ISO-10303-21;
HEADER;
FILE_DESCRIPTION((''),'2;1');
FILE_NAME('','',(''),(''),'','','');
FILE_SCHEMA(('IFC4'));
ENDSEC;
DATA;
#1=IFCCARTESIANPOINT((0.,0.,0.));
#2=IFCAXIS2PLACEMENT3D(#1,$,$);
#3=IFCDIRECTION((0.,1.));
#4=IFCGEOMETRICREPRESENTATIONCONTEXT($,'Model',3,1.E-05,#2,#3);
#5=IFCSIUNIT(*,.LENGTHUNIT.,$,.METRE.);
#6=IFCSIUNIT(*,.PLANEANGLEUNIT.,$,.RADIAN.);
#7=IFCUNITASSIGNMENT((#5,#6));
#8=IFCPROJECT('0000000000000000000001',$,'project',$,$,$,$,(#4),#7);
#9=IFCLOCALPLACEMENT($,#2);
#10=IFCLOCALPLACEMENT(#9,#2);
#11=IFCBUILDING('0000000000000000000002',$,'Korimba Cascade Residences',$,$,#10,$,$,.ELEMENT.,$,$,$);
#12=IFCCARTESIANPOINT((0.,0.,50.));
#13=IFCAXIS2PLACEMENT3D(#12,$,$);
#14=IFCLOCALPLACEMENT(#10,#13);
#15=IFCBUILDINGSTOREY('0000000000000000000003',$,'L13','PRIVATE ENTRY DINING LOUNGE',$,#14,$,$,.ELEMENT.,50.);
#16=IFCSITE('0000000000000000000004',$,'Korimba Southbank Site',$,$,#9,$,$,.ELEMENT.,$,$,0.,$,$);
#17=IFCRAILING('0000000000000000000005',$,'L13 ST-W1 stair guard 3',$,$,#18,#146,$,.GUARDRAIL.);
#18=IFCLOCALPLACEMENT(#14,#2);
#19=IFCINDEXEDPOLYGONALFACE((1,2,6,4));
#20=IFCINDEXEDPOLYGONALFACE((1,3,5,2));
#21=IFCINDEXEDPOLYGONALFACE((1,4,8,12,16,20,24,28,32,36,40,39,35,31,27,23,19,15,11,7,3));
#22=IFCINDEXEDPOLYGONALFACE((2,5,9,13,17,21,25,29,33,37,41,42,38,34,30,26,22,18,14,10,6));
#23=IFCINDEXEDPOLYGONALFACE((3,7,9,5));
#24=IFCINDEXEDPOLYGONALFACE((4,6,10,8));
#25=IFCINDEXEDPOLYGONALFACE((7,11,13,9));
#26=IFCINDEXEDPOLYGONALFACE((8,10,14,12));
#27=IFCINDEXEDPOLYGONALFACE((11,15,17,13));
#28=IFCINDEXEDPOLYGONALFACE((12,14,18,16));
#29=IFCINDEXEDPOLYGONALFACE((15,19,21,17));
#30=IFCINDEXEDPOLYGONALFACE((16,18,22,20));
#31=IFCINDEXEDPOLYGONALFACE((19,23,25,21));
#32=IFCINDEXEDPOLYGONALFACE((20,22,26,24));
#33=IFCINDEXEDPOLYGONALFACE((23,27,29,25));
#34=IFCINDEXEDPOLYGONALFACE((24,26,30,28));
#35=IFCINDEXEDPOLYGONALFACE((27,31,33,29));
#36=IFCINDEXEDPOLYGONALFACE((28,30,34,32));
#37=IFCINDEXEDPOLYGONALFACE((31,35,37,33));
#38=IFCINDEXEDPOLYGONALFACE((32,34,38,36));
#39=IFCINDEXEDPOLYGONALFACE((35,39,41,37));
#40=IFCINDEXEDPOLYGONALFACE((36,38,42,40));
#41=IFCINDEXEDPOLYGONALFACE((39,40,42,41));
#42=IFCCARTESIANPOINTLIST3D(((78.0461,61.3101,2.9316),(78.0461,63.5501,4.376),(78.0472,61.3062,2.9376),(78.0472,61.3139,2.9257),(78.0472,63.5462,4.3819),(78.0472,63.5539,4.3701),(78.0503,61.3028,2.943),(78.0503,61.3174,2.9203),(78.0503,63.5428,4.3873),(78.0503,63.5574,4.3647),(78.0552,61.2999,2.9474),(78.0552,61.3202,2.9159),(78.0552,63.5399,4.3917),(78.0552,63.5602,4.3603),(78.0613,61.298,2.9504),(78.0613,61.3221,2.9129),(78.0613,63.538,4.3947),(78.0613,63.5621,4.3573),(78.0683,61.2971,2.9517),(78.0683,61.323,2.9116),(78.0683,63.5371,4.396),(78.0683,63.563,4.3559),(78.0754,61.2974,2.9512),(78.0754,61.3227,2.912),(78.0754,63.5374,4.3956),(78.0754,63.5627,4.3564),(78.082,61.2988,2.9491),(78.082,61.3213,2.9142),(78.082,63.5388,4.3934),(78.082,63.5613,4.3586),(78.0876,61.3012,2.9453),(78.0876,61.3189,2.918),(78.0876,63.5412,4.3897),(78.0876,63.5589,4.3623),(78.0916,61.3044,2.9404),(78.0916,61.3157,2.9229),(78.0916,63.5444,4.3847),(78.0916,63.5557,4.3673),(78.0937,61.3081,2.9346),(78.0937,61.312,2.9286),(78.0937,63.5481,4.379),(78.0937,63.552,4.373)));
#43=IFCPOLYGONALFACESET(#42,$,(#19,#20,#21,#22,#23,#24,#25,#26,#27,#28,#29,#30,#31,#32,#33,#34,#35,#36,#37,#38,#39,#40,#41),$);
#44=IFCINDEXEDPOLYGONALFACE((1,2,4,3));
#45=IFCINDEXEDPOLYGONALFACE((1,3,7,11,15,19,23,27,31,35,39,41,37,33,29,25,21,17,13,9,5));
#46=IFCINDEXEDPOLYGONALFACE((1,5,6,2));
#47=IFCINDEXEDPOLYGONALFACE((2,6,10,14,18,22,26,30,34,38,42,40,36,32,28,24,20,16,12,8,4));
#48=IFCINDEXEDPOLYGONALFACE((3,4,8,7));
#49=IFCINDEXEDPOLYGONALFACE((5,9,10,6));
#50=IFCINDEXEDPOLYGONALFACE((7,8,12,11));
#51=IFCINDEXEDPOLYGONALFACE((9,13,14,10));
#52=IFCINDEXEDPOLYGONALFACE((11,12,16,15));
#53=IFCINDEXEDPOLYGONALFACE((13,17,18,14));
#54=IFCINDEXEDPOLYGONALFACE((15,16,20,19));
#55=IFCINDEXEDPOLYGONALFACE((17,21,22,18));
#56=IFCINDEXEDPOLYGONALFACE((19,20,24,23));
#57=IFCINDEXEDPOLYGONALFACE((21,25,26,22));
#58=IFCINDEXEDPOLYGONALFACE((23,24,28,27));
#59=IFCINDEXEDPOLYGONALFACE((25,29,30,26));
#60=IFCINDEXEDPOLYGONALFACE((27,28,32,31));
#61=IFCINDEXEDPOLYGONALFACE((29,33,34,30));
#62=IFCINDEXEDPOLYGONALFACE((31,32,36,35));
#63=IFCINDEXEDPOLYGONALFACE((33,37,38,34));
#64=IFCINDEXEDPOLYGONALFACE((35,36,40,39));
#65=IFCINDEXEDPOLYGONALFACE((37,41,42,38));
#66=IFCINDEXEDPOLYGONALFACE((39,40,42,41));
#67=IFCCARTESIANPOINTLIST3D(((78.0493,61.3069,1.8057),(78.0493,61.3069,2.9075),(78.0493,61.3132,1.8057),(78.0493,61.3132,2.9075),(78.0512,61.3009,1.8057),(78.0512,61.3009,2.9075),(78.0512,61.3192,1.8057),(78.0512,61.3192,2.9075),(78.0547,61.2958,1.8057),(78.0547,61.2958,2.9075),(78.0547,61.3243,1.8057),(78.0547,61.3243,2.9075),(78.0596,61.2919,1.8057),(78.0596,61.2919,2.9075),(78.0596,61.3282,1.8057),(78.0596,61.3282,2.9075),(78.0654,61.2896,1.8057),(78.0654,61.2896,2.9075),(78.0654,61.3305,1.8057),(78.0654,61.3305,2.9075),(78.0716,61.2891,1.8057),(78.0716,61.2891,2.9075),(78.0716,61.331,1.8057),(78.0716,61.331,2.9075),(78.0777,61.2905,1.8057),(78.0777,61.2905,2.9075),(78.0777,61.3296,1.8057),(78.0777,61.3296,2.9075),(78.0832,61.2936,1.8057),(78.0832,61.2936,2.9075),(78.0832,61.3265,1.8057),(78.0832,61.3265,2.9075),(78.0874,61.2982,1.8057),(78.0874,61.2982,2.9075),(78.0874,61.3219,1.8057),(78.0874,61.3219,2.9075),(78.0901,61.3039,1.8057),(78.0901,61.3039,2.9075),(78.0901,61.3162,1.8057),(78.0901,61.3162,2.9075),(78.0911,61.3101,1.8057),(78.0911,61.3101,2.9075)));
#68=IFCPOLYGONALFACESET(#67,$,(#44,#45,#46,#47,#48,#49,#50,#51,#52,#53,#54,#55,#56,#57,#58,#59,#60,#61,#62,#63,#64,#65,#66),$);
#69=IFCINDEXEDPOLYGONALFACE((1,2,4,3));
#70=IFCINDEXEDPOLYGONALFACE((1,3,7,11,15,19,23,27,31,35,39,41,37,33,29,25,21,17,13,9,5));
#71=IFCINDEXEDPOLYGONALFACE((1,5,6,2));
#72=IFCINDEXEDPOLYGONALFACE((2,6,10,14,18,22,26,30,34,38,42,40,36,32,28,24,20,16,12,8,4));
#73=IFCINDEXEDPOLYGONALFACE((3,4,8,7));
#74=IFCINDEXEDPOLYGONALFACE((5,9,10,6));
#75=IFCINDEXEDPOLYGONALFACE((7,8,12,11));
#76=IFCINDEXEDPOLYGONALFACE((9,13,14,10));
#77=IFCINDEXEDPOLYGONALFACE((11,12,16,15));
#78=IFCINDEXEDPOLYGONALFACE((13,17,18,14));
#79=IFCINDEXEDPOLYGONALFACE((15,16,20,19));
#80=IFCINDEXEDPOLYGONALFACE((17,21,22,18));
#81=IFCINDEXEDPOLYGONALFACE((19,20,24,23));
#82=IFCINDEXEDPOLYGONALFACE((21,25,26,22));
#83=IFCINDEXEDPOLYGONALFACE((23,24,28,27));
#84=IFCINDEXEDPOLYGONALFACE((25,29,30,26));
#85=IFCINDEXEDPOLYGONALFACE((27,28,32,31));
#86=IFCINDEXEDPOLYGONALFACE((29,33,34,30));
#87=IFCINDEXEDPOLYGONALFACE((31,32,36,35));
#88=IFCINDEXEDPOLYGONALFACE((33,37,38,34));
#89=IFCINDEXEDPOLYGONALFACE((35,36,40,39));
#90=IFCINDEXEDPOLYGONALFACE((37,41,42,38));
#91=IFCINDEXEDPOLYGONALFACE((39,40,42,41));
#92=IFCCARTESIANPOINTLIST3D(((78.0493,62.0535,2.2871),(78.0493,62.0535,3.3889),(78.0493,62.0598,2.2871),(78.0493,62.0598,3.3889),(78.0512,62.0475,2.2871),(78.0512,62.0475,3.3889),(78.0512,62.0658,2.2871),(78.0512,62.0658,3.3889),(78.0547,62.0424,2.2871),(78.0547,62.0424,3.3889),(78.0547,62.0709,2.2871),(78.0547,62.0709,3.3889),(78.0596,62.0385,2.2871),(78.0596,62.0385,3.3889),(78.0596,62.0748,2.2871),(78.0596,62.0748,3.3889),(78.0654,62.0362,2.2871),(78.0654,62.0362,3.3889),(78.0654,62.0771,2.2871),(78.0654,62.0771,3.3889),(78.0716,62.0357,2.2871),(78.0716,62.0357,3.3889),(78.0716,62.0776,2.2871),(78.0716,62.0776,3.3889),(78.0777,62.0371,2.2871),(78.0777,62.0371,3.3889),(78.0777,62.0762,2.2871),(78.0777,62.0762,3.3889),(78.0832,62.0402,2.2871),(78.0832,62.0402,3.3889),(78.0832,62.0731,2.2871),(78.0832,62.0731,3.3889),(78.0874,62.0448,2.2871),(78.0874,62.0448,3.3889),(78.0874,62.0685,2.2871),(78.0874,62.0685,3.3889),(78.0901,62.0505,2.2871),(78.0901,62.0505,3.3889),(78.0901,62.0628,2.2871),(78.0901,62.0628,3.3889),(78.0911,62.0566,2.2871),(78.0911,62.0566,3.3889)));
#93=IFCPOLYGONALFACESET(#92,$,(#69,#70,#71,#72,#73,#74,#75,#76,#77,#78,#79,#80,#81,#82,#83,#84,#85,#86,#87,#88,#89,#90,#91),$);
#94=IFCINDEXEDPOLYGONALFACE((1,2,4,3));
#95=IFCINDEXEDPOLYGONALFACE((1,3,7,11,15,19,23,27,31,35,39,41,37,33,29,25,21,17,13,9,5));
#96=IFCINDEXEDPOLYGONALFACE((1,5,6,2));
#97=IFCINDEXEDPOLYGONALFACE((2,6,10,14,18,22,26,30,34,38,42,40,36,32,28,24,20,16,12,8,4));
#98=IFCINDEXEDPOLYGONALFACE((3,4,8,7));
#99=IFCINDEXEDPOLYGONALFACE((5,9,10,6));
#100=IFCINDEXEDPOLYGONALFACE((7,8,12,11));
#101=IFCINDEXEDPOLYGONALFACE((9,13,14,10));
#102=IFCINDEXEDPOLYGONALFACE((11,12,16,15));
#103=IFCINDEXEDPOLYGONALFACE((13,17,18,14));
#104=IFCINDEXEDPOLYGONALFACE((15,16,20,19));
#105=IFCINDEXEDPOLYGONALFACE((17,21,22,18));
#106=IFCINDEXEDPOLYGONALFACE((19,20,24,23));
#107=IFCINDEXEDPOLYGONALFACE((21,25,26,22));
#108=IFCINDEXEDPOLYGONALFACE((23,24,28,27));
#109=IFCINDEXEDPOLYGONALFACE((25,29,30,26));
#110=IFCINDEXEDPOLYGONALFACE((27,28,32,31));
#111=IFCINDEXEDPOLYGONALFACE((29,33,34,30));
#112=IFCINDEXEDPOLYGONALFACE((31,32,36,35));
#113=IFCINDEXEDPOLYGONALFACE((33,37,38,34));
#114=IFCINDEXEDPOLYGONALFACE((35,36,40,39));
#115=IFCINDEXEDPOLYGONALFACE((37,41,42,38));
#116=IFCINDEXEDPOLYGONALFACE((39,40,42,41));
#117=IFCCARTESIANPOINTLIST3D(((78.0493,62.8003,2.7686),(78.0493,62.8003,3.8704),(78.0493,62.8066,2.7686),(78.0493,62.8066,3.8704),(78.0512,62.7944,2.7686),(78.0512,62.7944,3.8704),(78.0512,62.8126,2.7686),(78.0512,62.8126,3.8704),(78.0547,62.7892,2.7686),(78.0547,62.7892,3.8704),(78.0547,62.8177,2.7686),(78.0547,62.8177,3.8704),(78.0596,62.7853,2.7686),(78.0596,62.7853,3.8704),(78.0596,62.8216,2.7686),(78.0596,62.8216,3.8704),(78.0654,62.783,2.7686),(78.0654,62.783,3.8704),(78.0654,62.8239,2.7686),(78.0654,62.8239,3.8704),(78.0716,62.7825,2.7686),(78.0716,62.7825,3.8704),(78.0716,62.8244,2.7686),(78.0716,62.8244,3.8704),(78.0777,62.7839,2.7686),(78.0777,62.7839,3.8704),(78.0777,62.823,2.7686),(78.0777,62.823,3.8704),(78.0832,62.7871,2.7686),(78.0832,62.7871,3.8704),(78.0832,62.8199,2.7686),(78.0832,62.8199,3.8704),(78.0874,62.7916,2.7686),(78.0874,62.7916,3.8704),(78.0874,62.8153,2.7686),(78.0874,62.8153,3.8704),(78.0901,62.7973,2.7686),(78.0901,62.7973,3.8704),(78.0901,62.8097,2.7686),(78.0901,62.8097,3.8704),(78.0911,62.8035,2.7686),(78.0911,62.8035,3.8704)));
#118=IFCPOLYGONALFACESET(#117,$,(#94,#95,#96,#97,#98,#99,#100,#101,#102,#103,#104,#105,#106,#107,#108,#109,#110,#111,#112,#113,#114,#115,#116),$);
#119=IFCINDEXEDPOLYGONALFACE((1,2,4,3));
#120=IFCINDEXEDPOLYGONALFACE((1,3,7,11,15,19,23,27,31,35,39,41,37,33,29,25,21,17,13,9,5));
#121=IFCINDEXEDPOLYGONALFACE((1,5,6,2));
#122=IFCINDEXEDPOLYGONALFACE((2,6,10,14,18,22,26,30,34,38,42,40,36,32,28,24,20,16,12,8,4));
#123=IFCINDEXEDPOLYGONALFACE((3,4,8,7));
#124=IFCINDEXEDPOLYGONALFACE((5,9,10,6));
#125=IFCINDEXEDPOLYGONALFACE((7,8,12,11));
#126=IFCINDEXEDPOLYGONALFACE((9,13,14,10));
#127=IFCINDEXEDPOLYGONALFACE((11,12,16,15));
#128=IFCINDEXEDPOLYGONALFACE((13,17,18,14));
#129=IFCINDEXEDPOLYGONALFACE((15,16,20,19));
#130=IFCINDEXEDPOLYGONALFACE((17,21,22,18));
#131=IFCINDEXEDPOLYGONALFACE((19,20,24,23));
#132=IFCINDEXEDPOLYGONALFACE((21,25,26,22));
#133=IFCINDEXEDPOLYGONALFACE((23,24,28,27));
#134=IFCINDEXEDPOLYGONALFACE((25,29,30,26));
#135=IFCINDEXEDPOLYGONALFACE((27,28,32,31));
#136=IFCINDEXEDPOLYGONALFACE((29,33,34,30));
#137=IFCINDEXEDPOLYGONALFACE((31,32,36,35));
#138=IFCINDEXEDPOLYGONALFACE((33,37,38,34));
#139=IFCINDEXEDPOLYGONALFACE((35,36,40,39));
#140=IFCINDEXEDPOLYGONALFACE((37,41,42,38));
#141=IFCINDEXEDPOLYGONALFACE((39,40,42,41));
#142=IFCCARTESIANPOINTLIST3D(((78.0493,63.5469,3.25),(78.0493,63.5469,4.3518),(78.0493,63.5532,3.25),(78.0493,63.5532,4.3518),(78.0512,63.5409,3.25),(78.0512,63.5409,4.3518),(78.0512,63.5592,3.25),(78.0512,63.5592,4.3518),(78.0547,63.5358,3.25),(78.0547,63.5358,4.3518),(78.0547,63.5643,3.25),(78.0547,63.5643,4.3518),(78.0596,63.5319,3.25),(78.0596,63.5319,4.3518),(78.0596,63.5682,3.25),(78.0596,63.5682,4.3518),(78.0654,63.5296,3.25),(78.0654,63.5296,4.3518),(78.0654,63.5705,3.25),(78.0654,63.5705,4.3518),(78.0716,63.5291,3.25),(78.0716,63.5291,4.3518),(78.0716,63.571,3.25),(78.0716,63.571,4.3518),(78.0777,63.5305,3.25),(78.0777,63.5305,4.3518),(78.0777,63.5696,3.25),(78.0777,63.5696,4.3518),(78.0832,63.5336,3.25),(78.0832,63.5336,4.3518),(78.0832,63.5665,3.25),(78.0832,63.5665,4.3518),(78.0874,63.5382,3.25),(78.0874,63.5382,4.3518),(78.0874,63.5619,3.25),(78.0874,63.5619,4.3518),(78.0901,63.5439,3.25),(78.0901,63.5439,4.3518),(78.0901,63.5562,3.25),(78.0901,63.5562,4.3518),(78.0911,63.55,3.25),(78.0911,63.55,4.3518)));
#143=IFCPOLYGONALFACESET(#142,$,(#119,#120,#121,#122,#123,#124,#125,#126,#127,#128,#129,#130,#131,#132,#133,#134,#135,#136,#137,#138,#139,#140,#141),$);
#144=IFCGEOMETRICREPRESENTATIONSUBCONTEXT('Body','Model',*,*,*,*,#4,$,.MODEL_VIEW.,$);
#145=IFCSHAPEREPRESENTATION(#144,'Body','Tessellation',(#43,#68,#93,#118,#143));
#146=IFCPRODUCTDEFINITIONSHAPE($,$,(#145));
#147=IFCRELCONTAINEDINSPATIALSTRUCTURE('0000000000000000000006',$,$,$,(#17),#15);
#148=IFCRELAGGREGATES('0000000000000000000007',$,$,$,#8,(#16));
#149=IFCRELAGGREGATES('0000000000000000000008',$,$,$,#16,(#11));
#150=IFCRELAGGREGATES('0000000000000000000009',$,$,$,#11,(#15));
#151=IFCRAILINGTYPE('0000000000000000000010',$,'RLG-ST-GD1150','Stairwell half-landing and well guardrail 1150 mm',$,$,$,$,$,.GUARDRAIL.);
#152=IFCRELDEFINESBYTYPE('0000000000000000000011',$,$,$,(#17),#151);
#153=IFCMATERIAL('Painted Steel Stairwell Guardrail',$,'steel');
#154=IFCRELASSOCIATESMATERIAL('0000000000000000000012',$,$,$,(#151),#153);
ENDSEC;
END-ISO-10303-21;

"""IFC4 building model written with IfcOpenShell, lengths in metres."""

from ifc_helpers import new_model, si_unit, direction, frame, origin, origin_2d, place, context, subcontext, project, spatial, circle, extrude, material, type_object, element, save


model = new_model("IFC4")

# Units and contexts
model_context = context("Model", 3, precision=1e-05, world=origin(), true_north=direction((0.0, 1.0)))
body_context = subcontext(model_context, "Body", "Model", "MODEL_VIEW")
ifc_project = project(units=[si_unit("LENGTHUNIT", "METRE"), si_unit("PLANEANGLEUNIT", "RADIAN")], contexts=[model_context])

# Site, building, storey
site_placement = place(None, origin())
site = spatial("IfcSite", under=ifc_project, at=site_placement, Name="Korimba Southbank Site", CompositionType="ELEMENT", RefElevation=0.0)
building_placement = place(site_placement, origin())
building = spatial("IfcBuilding", under=site, at=building_placement, Name="Korimba Cascade Residences", CompositionType="ELEMENT")
storey_placement = place(building_placement, frame((0.0, 0.0, 50.0)))
storey = spatial("IfcBuildingStorey", under=building, at=storey_placement, Name="L13", Description="PRIVATE ENTRY DINING LOUNGE", CompositionType="ELEMENT", Elevation=50.0)

# Railing
ifc_material_1 = material(Name="Painted Steel Stairwell Guardrail", Category="steel")
railing_type_1 = type_object("IfcRailingType", Name="RLG-ST-GD1150", Description="Stairwell half-landing and well guardrail 1150 mm", PredefinedType="GUARDRAIL", material=ifc_material_1)
railing_1_placement = place(storey_placement, frame((78.0701, 61.3101, 1.8057)))
element("IfcRailing", 1, at=railing_1_placement, inside=storey, type_object=railing_type_1, Name="L13 ST-W1 stair guard 3", PredefinedType="GUARDRAIL", context=body_context, shape_type="SweptSolid", body=[
    extrude(circle(Radius=0.0239, at=origin_2d()), frame((0.0, 0.0, 1.126), z_axis=(0.0, 0.840437, 0.54191), x_axis=(-1.0, 0.0, 0.0)), (0.0, 0.0, 1.0), 2.6653),
    extrude(circle(Radius=0.021, at=origin_2d()), origin(), (0.0, 0.0, 1.0), 1.1018),
    extrude(circle(Radius=0.021, at=origin_2d()), frame((0.0, 0.7466, 0.4814)), (0.0, 0.0, 1.0), 1.1018),
    extrude(circle(Radius=0.021, at=origin_2d()), frame((0.0, 1.4934, 0.9629)), (0.0, 0.0, 1.0), 1.1018),
    extrude(circle(Radius=0.021, at=origin_2d()), frame((0.0, 2.24, 1.4443)), (0.0, 0.0, 1.0), 1.1018),
])

save(model, "model.ifc")
